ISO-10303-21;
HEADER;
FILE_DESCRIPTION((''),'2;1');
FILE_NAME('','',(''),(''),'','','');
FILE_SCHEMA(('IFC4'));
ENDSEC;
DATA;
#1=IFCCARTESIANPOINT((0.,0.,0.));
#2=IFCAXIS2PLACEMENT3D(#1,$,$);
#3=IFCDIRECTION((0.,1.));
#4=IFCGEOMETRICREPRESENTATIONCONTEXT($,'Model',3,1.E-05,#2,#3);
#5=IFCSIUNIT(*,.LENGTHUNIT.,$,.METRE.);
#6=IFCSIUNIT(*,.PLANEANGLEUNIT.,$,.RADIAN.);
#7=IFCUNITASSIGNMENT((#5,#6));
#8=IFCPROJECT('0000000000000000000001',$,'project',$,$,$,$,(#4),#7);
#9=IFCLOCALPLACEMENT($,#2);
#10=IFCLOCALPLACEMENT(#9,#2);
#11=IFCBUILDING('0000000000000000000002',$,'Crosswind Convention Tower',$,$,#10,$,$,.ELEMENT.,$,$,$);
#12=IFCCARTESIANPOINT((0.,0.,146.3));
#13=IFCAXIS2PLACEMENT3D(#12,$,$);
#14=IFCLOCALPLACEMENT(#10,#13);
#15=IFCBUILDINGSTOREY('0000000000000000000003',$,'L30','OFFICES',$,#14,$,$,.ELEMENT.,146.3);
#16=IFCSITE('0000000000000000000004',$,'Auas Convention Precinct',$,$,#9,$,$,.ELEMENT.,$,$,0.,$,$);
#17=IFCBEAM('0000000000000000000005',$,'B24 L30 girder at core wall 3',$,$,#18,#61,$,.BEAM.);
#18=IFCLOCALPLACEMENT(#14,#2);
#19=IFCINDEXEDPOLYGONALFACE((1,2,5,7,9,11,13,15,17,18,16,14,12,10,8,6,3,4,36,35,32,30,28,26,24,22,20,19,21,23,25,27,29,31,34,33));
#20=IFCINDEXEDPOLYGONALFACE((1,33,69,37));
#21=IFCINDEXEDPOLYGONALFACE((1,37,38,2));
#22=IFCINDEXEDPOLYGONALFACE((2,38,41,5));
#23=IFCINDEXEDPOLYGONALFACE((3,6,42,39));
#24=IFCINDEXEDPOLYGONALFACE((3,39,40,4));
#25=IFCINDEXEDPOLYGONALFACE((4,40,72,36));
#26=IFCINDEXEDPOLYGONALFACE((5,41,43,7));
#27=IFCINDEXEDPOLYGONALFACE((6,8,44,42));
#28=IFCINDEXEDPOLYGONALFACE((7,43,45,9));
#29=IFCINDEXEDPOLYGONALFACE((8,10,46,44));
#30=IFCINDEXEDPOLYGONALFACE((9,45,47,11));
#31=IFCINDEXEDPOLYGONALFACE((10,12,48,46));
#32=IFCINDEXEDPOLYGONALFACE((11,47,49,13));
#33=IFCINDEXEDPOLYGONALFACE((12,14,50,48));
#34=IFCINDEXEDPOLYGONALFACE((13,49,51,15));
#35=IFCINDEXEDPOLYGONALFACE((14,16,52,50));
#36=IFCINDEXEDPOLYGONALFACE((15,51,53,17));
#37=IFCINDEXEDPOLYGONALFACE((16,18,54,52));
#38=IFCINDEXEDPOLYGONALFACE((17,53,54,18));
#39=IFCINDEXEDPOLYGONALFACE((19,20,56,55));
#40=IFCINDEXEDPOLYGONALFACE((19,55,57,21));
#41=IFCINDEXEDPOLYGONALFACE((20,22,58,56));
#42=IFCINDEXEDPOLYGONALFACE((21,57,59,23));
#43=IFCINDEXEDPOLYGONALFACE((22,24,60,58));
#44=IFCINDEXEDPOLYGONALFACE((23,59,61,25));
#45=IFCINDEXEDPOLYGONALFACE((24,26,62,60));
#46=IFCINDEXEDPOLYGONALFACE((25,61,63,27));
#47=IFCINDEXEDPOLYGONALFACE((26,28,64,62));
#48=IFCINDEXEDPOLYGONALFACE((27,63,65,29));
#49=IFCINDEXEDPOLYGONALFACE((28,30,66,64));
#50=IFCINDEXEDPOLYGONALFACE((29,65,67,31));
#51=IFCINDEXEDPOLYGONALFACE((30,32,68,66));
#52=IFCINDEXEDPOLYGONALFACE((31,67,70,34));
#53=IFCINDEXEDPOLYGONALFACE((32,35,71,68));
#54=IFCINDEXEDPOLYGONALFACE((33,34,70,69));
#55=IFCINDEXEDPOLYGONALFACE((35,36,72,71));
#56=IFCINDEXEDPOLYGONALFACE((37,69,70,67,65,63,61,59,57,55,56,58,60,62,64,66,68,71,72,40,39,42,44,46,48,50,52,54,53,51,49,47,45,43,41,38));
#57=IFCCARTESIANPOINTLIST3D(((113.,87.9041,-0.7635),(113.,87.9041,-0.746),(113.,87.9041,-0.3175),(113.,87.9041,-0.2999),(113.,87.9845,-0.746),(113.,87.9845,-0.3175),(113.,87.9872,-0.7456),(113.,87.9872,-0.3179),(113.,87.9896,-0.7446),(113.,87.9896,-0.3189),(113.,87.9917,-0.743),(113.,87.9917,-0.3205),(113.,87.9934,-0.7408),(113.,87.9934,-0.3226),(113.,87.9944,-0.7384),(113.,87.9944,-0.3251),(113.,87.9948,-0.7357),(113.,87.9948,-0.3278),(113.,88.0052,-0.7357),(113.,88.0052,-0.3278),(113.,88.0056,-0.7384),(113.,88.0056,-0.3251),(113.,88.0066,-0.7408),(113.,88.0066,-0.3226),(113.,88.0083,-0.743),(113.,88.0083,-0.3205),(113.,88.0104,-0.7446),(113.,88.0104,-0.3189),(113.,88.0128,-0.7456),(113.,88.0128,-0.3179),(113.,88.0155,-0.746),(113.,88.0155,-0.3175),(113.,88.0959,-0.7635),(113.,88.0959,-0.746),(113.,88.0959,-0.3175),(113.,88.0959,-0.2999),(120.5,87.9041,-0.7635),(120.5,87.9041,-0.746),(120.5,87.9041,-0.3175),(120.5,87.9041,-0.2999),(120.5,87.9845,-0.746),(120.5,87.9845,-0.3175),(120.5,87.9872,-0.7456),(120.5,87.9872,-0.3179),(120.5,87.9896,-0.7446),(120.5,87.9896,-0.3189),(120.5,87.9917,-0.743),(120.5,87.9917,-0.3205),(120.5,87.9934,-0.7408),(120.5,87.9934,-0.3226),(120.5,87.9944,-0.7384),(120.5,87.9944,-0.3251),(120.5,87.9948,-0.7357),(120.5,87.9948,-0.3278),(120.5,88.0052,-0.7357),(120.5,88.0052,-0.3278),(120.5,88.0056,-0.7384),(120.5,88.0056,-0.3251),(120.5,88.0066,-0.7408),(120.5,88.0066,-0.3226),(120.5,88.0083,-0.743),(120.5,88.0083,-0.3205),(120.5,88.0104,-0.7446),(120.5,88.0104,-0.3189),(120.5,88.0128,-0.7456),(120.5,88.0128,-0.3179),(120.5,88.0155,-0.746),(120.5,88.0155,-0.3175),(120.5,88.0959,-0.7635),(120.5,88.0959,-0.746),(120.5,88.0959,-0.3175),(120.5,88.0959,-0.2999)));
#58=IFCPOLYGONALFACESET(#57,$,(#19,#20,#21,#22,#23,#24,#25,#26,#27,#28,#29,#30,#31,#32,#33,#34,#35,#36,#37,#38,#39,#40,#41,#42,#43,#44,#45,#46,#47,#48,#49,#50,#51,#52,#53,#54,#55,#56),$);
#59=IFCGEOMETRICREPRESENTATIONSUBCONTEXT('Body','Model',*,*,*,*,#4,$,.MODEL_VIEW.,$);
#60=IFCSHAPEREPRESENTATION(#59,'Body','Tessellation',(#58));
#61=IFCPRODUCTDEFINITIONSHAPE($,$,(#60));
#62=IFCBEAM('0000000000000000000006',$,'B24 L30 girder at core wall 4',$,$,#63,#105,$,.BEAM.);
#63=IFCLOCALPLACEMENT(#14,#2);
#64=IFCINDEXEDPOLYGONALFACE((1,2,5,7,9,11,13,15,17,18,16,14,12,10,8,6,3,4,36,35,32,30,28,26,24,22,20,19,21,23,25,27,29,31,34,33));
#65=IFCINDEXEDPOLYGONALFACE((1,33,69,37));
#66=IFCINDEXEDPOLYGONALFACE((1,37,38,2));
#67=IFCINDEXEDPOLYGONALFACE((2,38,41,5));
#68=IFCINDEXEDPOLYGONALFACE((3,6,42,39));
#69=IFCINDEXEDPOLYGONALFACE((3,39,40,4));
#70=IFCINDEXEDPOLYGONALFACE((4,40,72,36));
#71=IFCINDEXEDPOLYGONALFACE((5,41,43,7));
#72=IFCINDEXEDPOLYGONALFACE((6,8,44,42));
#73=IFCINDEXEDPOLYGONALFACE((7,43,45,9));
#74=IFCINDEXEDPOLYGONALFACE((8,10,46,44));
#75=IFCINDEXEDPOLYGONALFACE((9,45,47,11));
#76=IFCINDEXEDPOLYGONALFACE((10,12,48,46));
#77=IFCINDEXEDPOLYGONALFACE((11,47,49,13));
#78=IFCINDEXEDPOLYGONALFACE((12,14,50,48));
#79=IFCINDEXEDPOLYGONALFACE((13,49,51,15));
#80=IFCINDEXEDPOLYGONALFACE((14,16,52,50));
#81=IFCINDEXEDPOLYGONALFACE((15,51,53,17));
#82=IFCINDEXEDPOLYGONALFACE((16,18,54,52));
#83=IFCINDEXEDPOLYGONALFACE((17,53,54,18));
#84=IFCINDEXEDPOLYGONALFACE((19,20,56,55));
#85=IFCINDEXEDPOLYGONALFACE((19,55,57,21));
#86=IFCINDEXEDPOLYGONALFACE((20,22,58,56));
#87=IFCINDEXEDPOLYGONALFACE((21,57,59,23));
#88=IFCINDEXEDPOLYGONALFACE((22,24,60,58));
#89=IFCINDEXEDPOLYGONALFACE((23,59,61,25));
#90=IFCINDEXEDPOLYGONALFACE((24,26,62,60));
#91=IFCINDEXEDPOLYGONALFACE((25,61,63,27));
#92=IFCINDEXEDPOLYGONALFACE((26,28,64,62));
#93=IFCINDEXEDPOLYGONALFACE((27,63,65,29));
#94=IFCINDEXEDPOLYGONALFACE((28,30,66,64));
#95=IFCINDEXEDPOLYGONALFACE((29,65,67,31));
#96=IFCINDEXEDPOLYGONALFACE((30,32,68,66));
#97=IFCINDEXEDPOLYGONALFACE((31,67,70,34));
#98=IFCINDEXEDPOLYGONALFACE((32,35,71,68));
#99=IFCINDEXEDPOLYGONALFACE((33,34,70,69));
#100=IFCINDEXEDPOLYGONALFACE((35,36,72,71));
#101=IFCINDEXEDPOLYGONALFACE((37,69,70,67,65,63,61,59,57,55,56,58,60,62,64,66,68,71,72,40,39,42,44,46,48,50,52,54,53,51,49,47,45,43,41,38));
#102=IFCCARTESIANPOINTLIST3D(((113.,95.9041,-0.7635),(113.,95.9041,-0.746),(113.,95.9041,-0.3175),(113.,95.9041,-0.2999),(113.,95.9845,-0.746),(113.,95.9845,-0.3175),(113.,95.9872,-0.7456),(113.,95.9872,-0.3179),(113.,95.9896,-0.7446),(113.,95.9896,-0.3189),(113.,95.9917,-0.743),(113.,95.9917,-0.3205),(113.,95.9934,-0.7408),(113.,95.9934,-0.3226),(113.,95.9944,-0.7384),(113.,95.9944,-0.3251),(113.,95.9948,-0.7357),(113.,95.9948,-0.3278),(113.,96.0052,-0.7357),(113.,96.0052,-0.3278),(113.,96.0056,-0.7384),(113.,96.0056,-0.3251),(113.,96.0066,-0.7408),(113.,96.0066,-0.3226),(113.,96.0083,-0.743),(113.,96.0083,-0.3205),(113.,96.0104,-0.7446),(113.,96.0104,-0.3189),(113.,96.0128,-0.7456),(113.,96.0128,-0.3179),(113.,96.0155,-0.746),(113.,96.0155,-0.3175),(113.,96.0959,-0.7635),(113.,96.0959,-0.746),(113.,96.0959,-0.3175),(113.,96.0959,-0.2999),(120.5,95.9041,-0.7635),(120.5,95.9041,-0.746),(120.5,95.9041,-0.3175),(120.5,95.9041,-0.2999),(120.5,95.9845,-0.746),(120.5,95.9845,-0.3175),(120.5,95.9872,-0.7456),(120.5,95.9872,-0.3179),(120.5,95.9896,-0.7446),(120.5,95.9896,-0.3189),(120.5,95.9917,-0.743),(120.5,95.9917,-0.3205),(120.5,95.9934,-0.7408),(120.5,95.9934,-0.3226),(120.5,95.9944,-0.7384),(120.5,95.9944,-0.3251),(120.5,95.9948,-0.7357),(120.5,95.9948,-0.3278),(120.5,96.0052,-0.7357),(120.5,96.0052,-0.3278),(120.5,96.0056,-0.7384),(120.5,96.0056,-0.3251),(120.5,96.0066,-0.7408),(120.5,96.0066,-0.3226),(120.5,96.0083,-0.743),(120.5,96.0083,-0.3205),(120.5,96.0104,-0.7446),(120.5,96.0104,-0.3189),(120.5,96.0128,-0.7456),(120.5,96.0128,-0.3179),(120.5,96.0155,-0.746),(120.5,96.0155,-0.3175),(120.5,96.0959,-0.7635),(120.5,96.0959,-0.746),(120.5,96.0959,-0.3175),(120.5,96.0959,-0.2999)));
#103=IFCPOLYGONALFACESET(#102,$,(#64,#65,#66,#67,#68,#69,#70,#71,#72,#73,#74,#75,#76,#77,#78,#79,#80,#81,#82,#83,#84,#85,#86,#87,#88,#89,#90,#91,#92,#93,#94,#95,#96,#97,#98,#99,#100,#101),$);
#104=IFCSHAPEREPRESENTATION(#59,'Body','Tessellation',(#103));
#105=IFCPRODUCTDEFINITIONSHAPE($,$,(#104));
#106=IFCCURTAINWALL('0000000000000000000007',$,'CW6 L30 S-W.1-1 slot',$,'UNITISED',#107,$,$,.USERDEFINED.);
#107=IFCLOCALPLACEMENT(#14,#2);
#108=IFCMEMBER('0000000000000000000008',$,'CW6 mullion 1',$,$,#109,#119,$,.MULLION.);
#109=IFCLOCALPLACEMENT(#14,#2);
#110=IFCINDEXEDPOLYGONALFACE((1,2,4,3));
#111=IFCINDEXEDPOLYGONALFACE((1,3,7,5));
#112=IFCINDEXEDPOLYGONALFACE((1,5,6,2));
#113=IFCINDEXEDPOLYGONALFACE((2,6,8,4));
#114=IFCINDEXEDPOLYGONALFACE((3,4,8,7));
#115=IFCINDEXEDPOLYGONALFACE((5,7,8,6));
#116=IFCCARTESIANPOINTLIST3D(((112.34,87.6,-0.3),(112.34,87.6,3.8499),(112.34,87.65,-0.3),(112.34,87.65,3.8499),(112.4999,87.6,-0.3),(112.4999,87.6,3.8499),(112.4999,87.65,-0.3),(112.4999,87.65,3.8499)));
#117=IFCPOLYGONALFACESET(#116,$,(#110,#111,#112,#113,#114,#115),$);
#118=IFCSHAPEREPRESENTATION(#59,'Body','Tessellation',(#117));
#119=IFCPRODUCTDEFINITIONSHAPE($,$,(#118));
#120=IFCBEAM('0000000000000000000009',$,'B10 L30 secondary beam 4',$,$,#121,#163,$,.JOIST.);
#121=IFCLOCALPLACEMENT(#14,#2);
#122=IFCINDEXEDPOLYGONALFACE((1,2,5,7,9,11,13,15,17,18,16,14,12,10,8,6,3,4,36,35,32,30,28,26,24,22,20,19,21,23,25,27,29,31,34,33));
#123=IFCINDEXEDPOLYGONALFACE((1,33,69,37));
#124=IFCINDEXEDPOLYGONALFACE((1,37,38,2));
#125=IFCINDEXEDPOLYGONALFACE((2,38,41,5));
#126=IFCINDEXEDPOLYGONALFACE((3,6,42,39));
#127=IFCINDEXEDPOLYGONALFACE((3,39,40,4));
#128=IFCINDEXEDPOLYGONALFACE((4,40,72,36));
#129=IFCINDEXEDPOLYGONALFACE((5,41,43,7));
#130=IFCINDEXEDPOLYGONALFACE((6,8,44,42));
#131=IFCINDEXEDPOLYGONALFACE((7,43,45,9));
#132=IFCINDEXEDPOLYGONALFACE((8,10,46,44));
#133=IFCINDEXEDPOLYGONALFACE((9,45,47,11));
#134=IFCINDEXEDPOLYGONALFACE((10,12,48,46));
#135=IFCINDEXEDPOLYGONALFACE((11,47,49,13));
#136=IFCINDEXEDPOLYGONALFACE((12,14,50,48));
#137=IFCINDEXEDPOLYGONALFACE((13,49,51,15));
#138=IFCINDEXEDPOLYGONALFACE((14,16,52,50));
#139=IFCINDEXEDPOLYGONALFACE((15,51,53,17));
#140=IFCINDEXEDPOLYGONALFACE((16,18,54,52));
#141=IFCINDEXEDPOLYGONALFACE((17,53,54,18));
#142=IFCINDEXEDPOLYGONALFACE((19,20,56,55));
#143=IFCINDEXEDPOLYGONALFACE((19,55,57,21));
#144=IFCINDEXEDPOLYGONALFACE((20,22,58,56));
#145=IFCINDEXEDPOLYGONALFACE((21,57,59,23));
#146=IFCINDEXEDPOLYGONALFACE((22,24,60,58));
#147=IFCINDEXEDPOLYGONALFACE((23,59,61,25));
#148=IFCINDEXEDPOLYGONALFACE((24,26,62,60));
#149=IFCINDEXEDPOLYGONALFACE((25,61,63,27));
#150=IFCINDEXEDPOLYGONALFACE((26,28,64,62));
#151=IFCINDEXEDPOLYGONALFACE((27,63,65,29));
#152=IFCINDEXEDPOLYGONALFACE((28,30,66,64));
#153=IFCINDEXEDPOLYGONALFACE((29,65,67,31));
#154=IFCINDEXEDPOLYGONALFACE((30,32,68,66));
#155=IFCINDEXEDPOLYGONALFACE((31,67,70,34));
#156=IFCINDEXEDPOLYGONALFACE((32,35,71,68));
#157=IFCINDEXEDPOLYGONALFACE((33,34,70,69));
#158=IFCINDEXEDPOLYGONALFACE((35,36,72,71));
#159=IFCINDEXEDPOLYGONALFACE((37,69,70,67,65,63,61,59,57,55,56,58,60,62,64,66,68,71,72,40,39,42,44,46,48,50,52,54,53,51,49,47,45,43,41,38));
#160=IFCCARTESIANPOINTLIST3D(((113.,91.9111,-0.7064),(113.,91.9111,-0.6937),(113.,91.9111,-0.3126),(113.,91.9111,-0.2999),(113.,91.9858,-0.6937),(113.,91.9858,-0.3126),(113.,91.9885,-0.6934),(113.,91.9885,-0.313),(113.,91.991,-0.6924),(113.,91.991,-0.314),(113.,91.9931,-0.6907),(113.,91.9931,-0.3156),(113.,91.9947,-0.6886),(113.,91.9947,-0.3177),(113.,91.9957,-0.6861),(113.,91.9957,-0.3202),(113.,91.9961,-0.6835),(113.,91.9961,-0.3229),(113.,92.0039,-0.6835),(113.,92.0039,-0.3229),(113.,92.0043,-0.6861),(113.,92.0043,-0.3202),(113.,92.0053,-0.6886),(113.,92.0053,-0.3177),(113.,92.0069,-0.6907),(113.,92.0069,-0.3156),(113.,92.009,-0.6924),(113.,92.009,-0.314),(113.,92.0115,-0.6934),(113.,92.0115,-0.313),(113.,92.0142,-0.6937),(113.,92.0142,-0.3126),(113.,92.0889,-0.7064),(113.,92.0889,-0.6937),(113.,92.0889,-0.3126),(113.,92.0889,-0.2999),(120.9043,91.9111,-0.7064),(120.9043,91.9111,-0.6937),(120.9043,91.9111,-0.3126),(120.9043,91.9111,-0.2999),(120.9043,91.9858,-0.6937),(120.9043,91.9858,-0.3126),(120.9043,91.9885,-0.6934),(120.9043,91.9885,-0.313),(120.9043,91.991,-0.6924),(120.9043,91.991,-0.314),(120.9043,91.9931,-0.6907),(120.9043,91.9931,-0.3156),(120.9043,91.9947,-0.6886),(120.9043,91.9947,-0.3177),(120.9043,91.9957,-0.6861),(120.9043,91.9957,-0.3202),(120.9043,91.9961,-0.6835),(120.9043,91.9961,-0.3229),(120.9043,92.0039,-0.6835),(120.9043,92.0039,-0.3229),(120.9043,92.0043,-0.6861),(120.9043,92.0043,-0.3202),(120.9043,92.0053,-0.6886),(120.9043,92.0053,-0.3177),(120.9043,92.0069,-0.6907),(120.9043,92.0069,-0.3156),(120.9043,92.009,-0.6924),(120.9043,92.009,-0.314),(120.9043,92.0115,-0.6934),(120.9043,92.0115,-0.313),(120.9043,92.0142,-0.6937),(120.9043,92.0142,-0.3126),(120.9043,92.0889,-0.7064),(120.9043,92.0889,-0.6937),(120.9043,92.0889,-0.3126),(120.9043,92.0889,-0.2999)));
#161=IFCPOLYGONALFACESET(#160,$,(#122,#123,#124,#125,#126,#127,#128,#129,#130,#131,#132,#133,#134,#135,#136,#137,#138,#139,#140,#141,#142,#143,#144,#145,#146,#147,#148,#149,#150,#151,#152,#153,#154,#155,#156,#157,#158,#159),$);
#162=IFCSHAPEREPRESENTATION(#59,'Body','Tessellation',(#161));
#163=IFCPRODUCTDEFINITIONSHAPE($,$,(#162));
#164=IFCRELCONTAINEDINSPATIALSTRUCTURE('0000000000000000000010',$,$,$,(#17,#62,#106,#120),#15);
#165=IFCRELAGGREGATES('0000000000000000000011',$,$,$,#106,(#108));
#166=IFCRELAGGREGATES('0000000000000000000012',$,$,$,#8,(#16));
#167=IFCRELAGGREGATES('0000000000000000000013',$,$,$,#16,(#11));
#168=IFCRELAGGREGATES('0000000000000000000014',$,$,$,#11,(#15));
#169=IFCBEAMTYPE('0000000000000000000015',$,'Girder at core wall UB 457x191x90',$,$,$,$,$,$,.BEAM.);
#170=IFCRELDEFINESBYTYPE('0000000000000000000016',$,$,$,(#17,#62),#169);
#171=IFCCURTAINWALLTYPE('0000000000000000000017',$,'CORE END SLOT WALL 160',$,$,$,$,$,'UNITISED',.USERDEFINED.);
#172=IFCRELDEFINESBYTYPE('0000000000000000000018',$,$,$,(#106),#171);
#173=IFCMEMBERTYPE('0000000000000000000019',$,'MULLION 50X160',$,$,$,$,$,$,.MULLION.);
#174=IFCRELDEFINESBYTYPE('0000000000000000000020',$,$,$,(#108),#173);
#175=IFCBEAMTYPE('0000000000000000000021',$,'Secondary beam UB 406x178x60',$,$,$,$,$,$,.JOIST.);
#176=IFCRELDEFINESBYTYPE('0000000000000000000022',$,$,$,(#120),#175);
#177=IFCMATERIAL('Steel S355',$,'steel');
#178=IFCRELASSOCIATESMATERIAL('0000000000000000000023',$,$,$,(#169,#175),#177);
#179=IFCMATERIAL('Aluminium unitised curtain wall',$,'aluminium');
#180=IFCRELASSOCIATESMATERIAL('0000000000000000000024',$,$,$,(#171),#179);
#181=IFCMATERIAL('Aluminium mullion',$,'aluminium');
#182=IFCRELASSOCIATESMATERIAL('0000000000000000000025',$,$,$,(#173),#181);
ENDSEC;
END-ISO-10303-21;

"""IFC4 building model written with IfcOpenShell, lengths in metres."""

from ifc_helpers import new_model, si_unit, direction, frame, origin, origin_2d, place, context, subcontext, project, spatial, rectangle, i_section, extrude, material, material_profile, profile_set, type_object, element, aggregate, save


model = new_model("IFC4")

# Units and contexts
model_context = context("Model", 3, precision=1e-05, world=origin(), true_north=direction((0.0, 1.0)))
body_context = subcontext(model_context, "Body", "Model", "MODEL_VIEW")
ifc_project = project(units=[si_unit("LENGTHUNIT", "METRE"), si_unit("PLANEANGLEUNIT", "RADIAN")], contexts=[model_context])

# Site, building, storey
site_placement = place(None, origin())
site = spatial("IfcSite", under=ifc_project, at=site_placement, Name="Auas Convention Precinct", CompositionType="ELEMENT", RefElevation=0.0)
building_placement = place(site_placement, origin())
building = spatial("IfcBuilding", under=site, at=building_placement, Name="Crosswind Convention Tower", CompositionType="ELEMENT")
storey_placement = place(building_placement, frame((0.0, 0.0, 146.3)))
storey = spatial("IfcBuildingStorey", under=building, at=storey_placement, Name="L30", Description="OFFICES", CompositionType="ELEMENT", Elevation=146.3)

# Beams
ifc_material_1 = material(Name="Steel S355", Category="steel")
ifc_material_profile_1 = material_profile(ifc_material_1, i_section(OverallWidth=0.1919, OverallDepth=0.4636, WebThickness=0.0105, FlangeThickness=0.0176, FilletRadius=0.0103, at=origin_2d()), Name="UB 457x191x90")
ifc_profile_set_1 = profile_set([ifc_material_profile_1], Name="Steel S355")
beam_type_1 = type_object("IfcBeamType", Name="Girder at core wall UB 457x191x90", PredefinedType="BEAM", material=ifc_profile_set_1)
for number, where, z_axis, x_axis, name in (
    (1, (113.0, 88.0, -0.5317), (1.0, 0.0, 0.0), (0.0, 1.0, 0.0), "B24 L30 girder at core wall 3"),
    (2, (113.0, 96.0, -0.5317), (1.0, 0.0, 0.0), (0.0, 1.0, 0.0), "B24 L30 girder at core wall 4"),
):
    element("IfcBeam", number, at=place(storey_placement, frame(where, z_axis=z_axis, x_axis=x_axis)), inside=storey, type_object=beam_type_1, Name=name, PredefinedType="BEAM", context=body_context, shape_type="SweptSolid", body=[
        extrude(i_section(OverallWidth=0.1919, OverallDepth=0.4636, WebThickness=0.0105, FlangeThickness=0.0176, FilletRadius=0.0103, at=origin_2d()), origin(), (0.0, 0.0, 1.0), 7.5),
    ])

# Curtain wall, member
ifc_material_2 = material(Name="Aluminium unitised curtain wall", Category="aluminium")
curtain_wall_type = type_object("IfcCurtainWallType", Name="CORE END SLOT WALL 160", ElementType="UNITISED", PredefinedType="USERDEFINED", material=ifc_material_2)
curtain_wall_placement = place(storey_placement, origin())
curtain_wall = element("IfcCurtainWall", 3, at=curtain_wall_placement, inside=storey, type_object=curtain_wall_type, Name="CW6 L30 S-W.1-1 slot", ObjectType="UNITISED", PredefinedType="USERDEFINED")
ifc_material_3 = material(Name="Aluminium mullion", Category="aluminium")
ifc_material_profile_2 = material_profile(ifc_material_3, rectangle(XDim=0.1599, YDim=0.05, at=origin_2d()), Name="AL 160X50")
ifc_profile_set_2 = profile_set([ifc_material_profile_2], Name="Aluminium mullion")
member_type_1 = type_object("IfcMemberType", Name="MULLION 50X160", PredefinedType="MULLION", material=ifc_profile_set_2)
member_1_placement = place(storey_placement, frame((112.4199, 87.625, -0.3), z_axis=(0.0, 0.0, 1.0), x_axis=(-1.0, 0.0, 0.0)))
member_1 = element("IfcMember", 4, at=member_1_placement, type_object=member_type_1, Name="CW6 mullion 1", PredefinedType="MULLION", context=body_context, shape_type="SweptSolid", body=[
    extrude(rectangle(XDim=0.1599, YDim=0.05, at=origin_2d()), origin(), (0.0, 0.0, 1.0), 4.1499),
])

# Beam
ifc_material_profile_3 = material_profile(ifc_material_1, i_section(OverallWidth=0.1777, OverallDepth=0.4065, WebThickness=0.0078, FlangeThickness=0.0127, FilletRadius=0.0103, at=origin_2d()), Name="UB 406x178x60")
ifc_profile_set_3 = profile_set([ifc_material_profile_3], Name="Steel S355")
beam_type_2 = type_object("IfcBeamType", Name="Secondary beam UB 406x178x60", PredefinedType="JOIST", material=ifc_profile_set_3)
beam_1_placement = place(storey_placement, frame((113.0, 92.0, -0.5032), z_axis=(1.0, 0.0, 0.0), x_axis=(0.0, 1.0, 0.0)))
element("IfcBeam", 5, at=beam_1_placement, inside=storey, type_object=beam_type_2, Name="B10 L30 secondary beam 4", PredefinedType="JOIST", context=body_context, shape_type="SweptSolid", body=[
    extrude(i_section(OverallWidth=0.1777, OverallDepth=0.4065, WebThickness=0.0078, FlangeThickness=0.0127, FilletRadius=0.0103, at=origin_2d()), origin(), (0.0, 0.0, 1.0), 7.9043),
])

aggregate(curtain_wall, [member_1])

save(model, "model.ifc")
